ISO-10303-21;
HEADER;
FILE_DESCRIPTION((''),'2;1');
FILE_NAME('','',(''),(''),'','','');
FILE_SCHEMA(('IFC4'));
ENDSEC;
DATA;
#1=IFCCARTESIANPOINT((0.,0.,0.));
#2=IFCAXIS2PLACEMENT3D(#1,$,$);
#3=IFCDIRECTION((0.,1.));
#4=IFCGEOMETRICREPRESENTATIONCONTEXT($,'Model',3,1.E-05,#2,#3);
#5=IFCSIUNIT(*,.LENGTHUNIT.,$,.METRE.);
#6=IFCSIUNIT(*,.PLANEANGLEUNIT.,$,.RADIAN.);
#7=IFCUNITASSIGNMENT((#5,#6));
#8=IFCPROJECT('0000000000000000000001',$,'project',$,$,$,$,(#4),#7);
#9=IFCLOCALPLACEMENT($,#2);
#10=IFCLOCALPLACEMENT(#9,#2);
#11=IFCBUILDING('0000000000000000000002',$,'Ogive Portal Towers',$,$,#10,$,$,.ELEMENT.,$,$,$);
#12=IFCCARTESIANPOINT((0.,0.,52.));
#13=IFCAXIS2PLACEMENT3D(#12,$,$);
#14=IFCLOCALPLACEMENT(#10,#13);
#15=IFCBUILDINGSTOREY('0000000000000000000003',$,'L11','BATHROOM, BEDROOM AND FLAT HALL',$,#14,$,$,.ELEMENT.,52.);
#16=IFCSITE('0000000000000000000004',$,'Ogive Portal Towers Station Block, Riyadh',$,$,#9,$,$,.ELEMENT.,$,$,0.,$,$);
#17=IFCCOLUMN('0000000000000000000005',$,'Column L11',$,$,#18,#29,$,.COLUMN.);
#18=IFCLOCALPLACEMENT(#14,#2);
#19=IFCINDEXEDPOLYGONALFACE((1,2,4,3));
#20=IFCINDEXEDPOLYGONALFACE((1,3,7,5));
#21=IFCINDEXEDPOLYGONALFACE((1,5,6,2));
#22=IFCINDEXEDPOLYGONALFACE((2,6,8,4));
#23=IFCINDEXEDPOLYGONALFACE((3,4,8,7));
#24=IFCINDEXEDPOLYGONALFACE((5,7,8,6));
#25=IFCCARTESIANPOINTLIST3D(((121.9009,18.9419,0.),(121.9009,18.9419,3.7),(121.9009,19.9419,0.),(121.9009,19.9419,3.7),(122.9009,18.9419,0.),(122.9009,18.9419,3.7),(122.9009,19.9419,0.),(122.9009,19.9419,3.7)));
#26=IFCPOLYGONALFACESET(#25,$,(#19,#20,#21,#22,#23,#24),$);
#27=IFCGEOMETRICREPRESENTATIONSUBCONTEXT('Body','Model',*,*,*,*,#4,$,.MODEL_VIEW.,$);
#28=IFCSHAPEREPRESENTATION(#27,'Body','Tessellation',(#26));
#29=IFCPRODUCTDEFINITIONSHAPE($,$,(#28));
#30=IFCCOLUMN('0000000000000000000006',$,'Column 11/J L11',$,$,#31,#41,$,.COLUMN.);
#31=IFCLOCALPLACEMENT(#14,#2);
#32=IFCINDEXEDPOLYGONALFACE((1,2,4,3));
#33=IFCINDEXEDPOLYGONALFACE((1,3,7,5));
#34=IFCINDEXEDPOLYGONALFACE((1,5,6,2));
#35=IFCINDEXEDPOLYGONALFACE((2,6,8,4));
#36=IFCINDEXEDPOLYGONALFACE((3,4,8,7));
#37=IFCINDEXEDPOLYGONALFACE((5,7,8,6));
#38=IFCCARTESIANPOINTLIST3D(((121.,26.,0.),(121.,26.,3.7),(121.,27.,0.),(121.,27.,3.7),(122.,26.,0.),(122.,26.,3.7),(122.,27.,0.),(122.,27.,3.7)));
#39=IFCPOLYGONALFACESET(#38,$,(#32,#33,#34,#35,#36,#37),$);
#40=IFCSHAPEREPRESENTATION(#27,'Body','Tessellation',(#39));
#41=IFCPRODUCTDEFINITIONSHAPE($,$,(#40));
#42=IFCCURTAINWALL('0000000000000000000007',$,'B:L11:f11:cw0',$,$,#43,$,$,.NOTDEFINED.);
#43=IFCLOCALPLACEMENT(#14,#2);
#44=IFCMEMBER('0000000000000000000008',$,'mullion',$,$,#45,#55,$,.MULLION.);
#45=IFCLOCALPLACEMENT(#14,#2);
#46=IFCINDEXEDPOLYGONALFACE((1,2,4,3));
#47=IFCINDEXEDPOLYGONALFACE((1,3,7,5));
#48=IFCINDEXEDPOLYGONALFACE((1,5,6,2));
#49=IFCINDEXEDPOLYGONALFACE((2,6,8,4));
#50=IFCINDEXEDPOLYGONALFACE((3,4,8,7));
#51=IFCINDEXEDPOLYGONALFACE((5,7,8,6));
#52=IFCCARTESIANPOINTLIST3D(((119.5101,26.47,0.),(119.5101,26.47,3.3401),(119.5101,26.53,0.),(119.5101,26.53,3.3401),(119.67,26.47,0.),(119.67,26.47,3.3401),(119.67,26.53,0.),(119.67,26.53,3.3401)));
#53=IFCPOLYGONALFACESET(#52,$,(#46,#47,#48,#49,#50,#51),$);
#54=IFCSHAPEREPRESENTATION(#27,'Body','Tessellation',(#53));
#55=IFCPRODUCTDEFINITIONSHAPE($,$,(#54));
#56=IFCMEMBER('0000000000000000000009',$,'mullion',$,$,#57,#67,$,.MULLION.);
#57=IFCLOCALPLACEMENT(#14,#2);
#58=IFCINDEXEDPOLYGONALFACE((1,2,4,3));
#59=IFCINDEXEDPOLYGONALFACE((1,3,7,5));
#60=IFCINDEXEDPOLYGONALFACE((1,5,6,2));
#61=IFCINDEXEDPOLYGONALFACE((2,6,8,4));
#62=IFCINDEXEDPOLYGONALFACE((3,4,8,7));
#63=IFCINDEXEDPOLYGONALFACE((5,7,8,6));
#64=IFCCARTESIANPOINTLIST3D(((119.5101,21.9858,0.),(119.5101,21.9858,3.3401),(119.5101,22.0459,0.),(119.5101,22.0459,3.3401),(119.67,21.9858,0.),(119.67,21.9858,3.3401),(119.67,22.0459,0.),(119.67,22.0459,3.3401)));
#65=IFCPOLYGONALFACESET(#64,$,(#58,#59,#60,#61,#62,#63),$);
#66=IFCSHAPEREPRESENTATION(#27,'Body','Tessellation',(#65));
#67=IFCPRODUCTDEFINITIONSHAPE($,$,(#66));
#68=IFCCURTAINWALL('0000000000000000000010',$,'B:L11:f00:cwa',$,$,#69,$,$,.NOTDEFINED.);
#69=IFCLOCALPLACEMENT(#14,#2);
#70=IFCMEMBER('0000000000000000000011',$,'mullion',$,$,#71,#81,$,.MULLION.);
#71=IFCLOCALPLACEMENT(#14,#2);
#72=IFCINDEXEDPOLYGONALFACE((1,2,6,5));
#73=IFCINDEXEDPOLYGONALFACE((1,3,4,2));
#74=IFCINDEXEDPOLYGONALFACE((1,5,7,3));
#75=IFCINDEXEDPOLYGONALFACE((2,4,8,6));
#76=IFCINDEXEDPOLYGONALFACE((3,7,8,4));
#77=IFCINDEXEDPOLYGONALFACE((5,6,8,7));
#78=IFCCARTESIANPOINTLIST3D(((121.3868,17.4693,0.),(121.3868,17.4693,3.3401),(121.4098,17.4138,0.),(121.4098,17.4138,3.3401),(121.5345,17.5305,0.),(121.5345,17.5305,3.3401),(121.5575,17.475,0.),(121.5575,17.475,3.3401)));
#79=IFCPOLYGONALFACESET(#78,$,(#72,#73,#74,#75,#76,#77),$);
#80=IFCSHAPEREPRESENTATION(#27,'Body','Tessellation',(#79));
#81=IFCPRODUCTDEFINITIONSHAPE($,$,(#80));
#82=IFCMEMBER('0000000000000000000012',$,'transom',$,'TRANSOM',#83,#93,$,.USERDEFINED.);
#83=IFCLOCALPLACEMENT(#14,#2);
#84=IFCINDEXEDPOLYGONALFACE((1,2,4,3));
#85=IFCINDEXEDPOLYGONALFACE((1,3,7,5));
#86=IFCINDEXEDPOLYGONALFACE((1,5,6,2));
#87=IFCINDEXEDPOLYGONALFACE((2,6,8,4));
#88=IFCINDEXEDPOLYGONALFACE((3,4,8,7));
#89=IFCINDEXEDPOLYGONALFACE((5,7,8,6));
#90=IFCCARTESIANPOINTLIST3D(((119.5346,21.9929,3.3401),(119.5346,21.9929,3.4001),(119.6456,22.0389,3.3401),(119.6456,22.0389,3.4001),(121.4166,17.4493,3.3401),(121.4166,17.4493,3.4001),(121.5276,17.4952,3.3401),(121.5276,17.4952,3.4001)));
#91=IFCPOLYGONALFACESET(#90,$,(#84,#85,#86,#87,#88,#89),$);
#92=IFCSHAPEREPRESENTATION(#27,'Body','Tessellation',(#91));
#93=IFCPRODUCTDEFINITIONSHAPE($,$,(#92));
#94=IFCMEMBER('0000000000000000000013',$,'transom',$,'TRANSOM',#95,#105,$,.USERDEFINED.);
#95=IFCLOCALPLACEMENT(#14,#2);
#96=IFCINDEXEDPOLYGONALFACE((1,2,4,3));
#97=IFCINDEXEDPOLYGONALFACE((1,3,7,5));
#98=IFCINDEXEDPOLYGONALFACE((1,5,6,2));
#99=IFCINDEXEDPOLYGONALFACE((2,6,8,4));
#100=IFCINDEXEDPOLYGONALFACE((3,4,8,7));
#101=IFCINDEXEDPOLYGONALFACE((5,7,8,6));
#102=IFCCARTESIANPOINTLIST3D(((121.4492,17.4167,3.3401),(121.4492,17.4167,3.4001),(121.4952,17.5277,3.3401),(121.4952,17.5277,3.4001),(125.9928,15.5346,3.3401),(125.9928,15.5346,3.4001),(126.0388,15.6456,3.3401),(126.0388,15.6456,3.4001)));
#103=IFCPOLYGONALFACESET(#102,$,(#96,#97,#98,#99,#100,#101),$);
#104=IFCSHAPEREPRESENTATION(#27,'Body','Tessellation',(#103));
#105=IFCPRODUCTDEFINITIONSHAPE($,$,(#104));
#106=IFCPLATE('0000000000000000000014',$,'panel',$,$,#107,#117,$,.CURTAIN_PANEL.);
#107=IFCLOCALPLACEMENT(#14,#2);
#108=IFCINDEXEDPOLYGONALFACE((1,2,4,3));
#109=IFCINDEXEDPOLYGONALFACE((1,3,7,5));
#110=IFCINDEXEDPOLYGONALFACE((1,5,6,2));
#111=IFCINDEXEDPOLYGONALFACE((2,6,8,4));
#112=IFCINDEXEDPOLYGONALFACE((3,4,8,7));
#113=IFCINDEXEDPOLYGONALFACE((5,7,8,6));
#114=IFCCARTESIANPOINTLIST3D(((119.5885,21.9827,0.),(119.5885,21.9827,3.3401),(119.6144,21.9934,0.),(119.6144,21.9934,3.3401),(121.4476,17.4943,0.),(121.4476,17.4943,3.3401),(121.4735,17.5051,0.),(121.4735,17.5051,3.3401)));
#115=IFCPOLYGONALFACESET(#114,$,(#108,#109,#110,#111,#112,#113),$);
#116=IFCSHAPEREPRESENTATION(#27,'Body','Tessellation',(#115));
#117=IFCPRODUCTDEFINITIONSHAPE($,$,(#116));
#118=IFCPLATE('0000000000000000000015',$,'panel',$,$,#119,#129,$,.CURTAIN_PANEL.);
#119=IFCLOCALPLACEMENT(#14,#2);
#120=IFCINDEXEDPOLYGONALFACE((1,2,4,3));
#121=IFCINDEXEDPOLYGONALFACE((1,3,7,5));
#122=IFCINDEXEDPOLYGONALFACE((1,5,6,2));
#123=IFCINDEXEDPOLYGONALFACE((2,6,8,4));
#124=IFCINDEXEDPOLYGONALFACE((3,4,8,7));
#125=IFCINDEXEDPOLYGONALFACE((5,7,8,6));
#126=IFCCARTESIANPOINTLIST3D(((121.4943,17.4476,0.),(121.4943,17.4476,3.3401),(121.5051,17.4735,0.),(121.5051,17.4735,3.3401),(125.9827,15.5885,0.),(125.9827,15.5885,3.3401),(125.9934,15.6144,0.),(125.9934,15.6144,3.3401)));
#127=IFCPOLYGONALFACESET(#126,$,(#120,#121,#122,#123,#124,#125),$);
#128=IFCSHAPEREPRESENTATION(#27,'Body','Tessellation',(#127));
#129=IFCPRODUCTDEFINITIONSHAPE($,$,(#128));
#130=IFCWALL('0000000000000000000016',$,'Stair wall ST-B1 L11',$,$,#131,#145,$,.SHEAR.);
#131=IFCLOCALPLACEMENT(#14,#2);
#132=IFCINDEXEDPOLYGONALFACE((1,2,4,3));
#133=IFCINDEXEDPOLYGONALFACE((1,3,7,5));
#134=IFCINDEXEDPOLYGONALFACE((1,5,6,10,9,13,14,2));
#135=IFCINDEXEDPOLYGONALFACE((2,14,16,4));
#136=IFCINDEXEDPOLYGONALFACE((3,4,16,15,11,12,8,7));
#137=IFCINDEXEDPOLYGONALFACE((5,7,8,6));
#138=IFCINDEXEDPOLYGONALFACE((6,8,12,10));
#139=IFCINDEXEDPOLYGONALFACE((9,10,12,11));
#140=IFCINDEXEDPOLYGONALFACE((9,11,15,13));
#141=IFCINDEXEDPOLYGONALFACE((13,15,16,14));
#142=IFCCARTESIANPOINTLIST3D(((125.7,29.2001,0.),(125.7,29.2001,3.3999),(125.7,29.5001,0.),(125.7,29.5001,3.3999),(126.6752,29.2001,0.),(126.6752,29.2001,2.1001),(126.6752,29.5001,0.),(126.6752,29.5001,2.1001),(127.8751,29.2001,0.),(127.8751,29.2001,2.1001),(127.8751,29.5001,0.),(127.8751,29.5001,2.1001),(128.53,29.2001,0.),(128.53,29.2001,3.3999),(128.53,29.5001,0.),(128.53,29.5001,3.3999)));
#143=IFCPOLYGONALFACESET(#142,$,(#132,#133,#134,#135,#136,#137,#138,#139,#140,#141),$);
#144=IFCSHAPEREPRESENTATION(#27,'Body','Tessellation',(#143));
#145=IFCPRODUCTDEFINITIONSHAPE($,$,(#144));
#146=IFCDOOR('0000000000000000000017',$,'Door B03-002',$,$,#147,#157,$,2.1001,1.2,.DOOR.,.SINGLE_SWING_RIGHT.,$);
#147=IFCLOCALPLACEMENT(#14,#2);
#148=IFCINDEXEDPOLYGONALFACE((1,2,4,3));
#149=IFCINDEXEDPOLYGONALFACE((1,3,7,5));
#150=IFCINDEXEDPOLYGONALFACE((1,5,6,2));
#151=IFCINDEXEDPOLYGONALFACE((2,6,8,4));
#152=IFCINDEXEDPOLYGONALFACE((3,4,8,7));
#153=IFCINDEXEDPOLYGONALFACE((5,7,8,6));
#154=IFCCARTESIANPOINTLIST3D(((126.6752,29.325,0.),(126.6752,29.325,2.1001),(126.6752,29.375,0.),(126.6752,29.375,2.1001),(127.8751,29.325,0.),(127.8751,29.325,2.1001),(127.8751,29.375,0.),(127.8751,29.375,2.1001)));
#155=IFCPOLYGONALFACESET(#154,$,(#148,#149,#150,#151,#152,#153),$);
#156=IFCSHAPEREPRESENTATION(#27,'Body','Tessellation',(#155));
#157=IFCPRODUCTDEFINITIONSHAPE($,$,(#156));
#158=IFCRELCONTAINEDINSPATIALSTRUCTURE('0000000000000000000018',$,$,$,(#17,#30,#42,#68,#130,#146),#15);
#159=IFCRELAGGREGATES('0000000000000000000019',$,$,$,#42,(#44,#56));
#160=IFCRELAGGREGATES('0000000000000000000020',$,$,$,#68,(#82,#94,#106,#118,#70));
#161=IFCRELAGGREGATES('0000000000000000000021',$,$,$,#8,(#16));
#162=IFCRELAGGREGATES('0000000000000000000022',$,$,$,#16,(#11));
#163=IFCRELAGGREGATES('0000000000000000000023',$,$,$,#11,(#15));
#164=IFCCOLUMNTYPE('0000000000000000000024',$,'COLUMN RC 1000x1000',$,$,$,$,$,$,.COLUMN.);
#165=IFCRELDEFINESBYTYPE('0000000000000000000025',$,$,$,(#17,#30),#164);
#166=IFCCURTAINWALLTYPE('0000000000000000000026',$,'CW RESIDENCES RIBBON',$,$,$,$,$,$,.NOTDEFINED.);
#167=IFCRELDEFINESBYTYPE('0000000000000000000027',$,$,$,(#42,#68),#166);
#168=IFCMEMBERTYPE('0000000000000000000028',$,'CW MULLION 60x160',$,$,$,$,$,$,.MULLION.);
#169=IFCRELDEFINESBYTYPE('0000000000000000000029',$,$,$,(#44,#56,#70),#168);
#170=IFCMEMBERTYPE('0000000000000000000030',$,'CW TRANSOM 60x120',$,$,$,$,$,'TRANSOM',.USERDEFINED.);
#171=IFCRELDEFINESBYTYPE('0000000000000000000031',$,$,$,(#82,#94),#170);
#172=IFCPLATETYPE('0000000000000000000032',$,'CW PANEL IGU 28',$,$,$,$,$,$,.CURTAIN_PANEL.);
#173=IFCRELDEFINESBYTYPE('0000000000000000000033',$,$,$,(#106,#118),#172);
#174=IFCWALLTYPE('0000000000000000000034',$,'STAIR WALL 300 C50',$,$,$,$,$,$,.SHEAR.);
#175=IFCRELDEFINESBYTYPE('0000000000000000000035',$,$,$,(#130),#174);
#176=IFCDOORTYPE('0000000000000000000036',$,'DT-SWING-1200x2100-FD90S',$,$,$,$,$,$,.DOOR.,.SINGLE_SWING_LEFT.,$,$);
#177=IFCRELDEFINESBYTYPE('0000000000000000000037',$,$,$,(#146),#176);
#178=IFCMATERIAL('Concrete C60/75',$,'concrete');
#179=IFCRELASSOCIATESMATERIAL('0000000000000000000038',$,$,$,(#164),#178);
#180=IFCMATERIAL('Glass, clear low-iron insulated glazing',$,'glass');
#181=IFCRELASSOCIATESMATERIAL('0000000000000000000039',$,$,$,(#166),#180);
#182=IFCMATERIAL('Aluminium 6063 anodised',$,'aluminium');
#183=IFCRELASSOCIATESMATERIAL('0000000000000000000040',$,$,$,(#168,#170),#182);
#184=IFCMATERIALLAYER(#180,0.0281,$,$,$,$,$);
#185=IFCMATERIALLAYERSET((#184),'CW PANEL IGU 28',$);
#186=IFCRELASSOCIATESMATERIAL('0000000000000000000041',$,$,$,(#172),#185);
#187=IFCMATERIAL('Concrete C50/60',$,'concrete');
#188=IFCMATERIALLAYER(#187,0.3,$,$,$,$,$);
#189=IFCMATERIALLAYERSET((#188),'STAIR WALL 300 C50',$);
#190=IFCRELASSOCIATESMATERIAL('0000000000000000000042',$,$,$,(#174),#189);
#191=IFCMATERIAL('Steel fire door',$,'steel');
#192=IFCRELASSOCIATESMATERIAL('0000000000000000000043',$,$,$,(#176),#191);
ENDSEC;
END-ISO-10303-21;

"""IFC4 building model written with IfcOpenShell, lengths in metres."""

from ifc_helpers import new_model, si_unit, direction, frame, frame_2d, origin, origin_2d, place, context, subcontext, project, spatial, rectangle, extrude, material, layer, layer_set, material_profile, profile_set, type_object, element, fill, aggregate, save


model = new_model("IFC4")

# Units and contexts
model_context = context("Model", 3, precision=1e-05, world=origin(), true_north=direction((0.0, 1.0)))
body_context = subcontext(model_context, "Body", "Model", "MODEL_VIEW")
ifc_project = project(units=[si_unit("LENGTHUNIT", "METRE"), si_unit("PLANEANGLEUNIT", "RADIAN")], contexts=[model_context])

# Site, building, storey
site_placement = place(None, origin())
site = spatial("IfcSite", under=ifc_project, at=site_placement, Name="Ogive Portal Towers Station Block, Riyadh", CompositionType="ELEMENT", RefElevation=0.0)
building_placement = place(site_placement, origin())
building = spatial("IfcBuilding", under=site, at=building_placement, Name="Ogive Portal Towers", CompositionType="ELEMENT")
storey_placement = place(building_placement, frame((0.0, 0.0, 52.0)))
storey = spatial("IfcBuildingStorey", under=building, at=storey_placement, Name="L11", Description="BATHROOM, BEDROOM AND FLAT HALL", CompositionType="ELEMENT", Elevation=52.0)

# Columns
ifc_material_1 = material(Name="Concrete C60/75", Category="concrete")
ifc_material_profile_1 = material_profile(ifc_material_1, rectangle(XDim=1.0, YDim=1.0, at=origin_2d()), Name="RC 1000x1000")
ifc_profile_set_1 = profile_set([ifc_material_profile_1], Name="Concrete C60/75")
column_type = type_object("IfcColumnType", Name="COLUMN RC 1000x1000", PredefinedType="COLUMN", material=ifc_profile_set_1)
for number, where, z_axis, x_axis, name in (
    (1, (122.4009, 19.4419, 0.0), (0.0, 0.0, 1.0), (1.0, 0.0, 0.0), "Column L11"),
    (2, (121.5, 26.5, 0.0), (0.0, 0.0, 1.0), (1.0, 0.0, 0.0), "Column 11/J L11"),
):
    element("IfcColumn", number, at=place(storey_placement, frame(where, z_axis=z_axis, x_axis=x_axis)), inside=storey, type_object=column_type, Name=name, PredefinedType="COLUMN", context=body_context, shape_type="SweptSolid", body=[
        extrude(rectangle(XDim=1.0, YDim=1.0, at=origin_2d()), origin(), (0.0, 0.0, 1.0), 3.7),
    ])

# Curtain wall, members
ifc_material_2 = material(Name="Glass, clear low-iron insulated glazing", Category="glass")
curtain_wall_type = type_object("IfcCurtainWallType", Name="CW RESIDENCES RIBBON", PredefinedType="NOTDEFINED", material=ifc_material_2)
curtain_wall_1_placement = place(storey_placement, origin())
curtain_wall_1 = element("IfcCurtainWall", 3, at=curtain_wall_1_placement, inside=storey, type_object=curtain_wall_type, Name="B:L11:f11:cw0", PredefinedType="NOTDEFINED")
ifc_material_3 = material(Name="Aluminium 6063 anodised", Category="aluminium")
ifc_material_profile_2 = material_profile(ifc_material_3, rectangle(XDim=0.1599, YDim=0.0601, at=origin_2d()), Name="AL 60x160")
ifc_profile_set_2 = profile_set([ifc_material_profile_2], Name="Aluminium 6063 anodised")
member_type_1 = type_object("IfcMemberType", Name="CW MULLION 60x160", PredefinedType="MULLION", material=ifc_profile_set_2)
member_1_placement = place(storey_placement, frame((119.5901, 26.5, 0.0), z_axis=(0.0, 0.0, 1.0), x_axis=(1.0, 0.0, 0.0)))
member_1 = element("IfcMember", 4, at=member_1_placement, type_object=member_type_1, Name="mullion", PredefinedType="MULLION", context=body_context, shape_type="SweptSolid", body=[
    extrude(rectangle(XDim=0.1599, YDim=0.0601, at=origin_2d()), origin(), (0.0, 0.0, 1.0), 3.3401),
])
member_2_placement = place(storey_placement, frame((119.5901, 22.0159, 0.0), z_axis=(0.0, 0.0, 1.0), x_axis=(1.0, 0.0, 0.0)))
member_2 = element("IfcMember", 5, at=member_2_placement, type_object=member_type_1, Name="mullion", PredefinedType="MULLION", context=body_context, shape_type="SweptSolid", body=[
    extrude(rectangle(XDim=0.1599, YDim=0.0601, at=origin_2d()), origin(), (0.0, 0.0, 1.0), 3.3401),
])
aggregate(curtain_wall_1, [member_1, member_2])

# Curtain wall, members, plates
curtain_wall_2_placement = place(storey_placement, origin())
curtain_wall_2 = element("IfcCurtainWall", 6, at=curtain_wall_2_placement, inside=storey, type_object=curtain_wall_type, Name="B:L11:f00:cwa", PredefinedType="NOTDEFINED")
member_3_placement = place(storey_placement, frame((121.4722, 17.4722, 0.0), z_axis=(0.0, 0.0, 1.0), x_axis=(0.92388, 0.382683, 0.0)))
member_3 = element("IfcMember", 7, at=member_3_placement, type_object=member_type_1, Name="mullion", PredefinedType="MULLION", context=body_context, shape_type="SweptSolid", body=[
    extrude(rectangle(XDim=0.1599, YDim=0.0601, at=origin_2d()), origin(), (0.0, 0.0, 1.0), 3.3401),
])
ifc_material_profile_3 = material_profile(ifc_material_3, rectangle(XDim=0.1201, YDim=0.0601, at=origin_2d()), Name="AL 120x60")
ifc_profile_set_3 = profile_set([ifc_material_profile_3], Name="Aluminium 6063 anodised")
member_type_2 = type_object("IfcMemberType", Name="CW TRANSOM 60x120", ElementType="TRANSOM", PredefinedType="USERDEFINED", material=ifc_profile_set_3)
member_4_placement = place(storey_placement, frame((119.5901, 22.0159, 3.3701), z_axis=(0.382686, -0.923878, 0.0), x_axis=(0.923878, 0.382686, 0.0)))
member_4 = element("IfcMember", 8, at=member_4_placement, type_object=member_type_2, Name="transom", ObjectType="TRANSOM", PredefinedType="USERDEFINED", context=body_context, shape_type="SweptSolid", body=[
    extrude(rectangle(XDim=0.1201, YDim=0.0601, at=origin_2d()), origin(), (0.0, 0.0, 1.0), 4.918),
])
member_5_placement = place(storey_placement, frame((121.4722, 17.4722, 3.3701), z_axis=(0.923878, -0.382686, 0.0), x_axis=(0.382686, 0.923878, 0.0)))
member_5 = element("IfcMember", 9, at=member_5_placement, type_object=member_type_2, Name="transom", ObjectType="TRANSOM", PredefinedType="USERDEFINED", context=body_context, shape_type="SweptSolid", body=[
    extrude(rectangle(XDim=0.1201, YDim=0.0601, at=origin_2d()), origin(), (0.0, 0.0, 1.0), 4.918),
])
ifc_layer_1 = layer(ifc_material_2, 0.0281)
ifc_layer_set_1 = layer_set([ifc_layer_1], Name="CW PANEL IGU 28")
plate_type = type_object("IfcPlateType", Name="CW PANEL IGU 28", PredefinedType="CURTAIN_PANEL", material=ifc_layer_set_1)
plate_1_placement = place(storey_placement, frame((120.531, 19.7439, 0.0), z_axis=(0.0, 0.0, 1.0), x_axis=(0.382683, -0.92388, 0.0)))
plate_1 = element("IfcPlate", 10, at=plate_1_placement, type_object=plate_type, Name="panel", PredefinedType="CURTAIN_PANEL", context=body_context, shape_type="SweptSolid", body=[
    extrude(rectangle(XDim=4.8582, YDim=0.0281, at=origin_2d()), origin(), (0.0, 0.0, 1.0), 3.3401),
])
plate_2_placement = place(storey_placement, frame((123.7439, 16.531, 0.0), z_axis=(0.0, 0.0, 1.0), x_axis=(0.92388, -0.382683, 0.0)))
plate_2 = element("IfcPlate", 11, at=plate_2_placement, type_object=plate_type, Name="panel", PredefinedType="CURTAIN_PANEL", context=body_context, shape_type="SweptSolid", body=[
    extrude(rectangle(XDim=4.8582, YDim=0.0281, at=origin_2d()), origin(), (0.0, 0.0, 1.0), 3.3401),
])
aggregate(curtain_wall_2, [member_4, member_5, plate_1, plate_2, member_3])

# Wall, opening, door
ifc_material_4 = material(Name="Concrete C50/60", Category="concrete")
ifc_layer_2 = layer(ifc_material_4, 0.3)
ifc_layer_set_2 = layer_set([ifc_layer_2], Name="STAIR WALL 300 C50")
wall_type_1 = type_object("IfcWallType", Name="STAIR WALL 300 C50", PredefinedType="SHEAR", material=ifc_layer_set_2)
wall_1_placement = place(storey_placement, frame((125.7, 29.3501, 0.0), z_axis=(0.0, 0.0, 1.0), x_axis=(1.0, 0.0, 0.0)))
wall_1 = element("IfcWall", 12, at=wall_1_placement, inside=storey, type_object=wall_type_1, Name="Stair wall ST-B1 L11", PredefinedType="SHEAR", context=body_context, shape_type="SweptSolid", body=[
    extrude(rectangle(XDim=2.8301, YDim=0.3, at=frame_2d((1.415, 0.0))), origin(), (0.0, 0.0, 1.0), 3.3999),
])
opening_1_placement = place(wall_1_placement, frame((0.9751, 0.0, 0.0)))
opening_1 = element("IfcOpeningElement", 13, at=opening_1_placement, cuts=wall_1, PredefinedType="OPENING", context=body_context, shape_type="SweptSolid", body=[
    extrude(rectangle(XDim=1.2, YDim=2.1001, at=frame_2d((0.6001, 1.05))), frame((0.0, 0.1602, 0.0), z_axis=(0.0, -1.0, 0.0), x_axis=(1.0, 0.0, 0.0)), (0.0, 0.0, 1.0), 0.3201),
])
ifc_material_5 = material(Name="Steel fire door", Category="steel")
door_type_1 = type_object("IfcDoorType", Name="DT-SWING-1200x2100-FD90S", OperationType="SINGLE_SWING_LEFT", PredefinedType="DOOR", material=ifc_material_5)
door_1_placement = place(opening_1_placement, origin())
door_1 = element("IfcDoor", 14, at=door_1_placement, inside=storey, type_object=door_type_1, Name="Door B03-002", OperationType="SINGLE_SWING_RIGHT", OverallHeight=2.1001, OverallWidth=1.2, PredefinedType="DOOR", context=body_context, shape_type="SweptSolid", body=[
    extrude(rectangle(XDim=1.2, YDim=2.1001, at=frame_2d((0.6001, 1.05))), frame((0.0, 0.0249, 0.0), z_axis=(0.0, -1.0, 0.0), x_axis=(1.0, 0.0, 0.0)), (0.0, 0.0, 1.0), 0.05),
])
fill(opening_1, door_1)

save(model, "model.ifc")
